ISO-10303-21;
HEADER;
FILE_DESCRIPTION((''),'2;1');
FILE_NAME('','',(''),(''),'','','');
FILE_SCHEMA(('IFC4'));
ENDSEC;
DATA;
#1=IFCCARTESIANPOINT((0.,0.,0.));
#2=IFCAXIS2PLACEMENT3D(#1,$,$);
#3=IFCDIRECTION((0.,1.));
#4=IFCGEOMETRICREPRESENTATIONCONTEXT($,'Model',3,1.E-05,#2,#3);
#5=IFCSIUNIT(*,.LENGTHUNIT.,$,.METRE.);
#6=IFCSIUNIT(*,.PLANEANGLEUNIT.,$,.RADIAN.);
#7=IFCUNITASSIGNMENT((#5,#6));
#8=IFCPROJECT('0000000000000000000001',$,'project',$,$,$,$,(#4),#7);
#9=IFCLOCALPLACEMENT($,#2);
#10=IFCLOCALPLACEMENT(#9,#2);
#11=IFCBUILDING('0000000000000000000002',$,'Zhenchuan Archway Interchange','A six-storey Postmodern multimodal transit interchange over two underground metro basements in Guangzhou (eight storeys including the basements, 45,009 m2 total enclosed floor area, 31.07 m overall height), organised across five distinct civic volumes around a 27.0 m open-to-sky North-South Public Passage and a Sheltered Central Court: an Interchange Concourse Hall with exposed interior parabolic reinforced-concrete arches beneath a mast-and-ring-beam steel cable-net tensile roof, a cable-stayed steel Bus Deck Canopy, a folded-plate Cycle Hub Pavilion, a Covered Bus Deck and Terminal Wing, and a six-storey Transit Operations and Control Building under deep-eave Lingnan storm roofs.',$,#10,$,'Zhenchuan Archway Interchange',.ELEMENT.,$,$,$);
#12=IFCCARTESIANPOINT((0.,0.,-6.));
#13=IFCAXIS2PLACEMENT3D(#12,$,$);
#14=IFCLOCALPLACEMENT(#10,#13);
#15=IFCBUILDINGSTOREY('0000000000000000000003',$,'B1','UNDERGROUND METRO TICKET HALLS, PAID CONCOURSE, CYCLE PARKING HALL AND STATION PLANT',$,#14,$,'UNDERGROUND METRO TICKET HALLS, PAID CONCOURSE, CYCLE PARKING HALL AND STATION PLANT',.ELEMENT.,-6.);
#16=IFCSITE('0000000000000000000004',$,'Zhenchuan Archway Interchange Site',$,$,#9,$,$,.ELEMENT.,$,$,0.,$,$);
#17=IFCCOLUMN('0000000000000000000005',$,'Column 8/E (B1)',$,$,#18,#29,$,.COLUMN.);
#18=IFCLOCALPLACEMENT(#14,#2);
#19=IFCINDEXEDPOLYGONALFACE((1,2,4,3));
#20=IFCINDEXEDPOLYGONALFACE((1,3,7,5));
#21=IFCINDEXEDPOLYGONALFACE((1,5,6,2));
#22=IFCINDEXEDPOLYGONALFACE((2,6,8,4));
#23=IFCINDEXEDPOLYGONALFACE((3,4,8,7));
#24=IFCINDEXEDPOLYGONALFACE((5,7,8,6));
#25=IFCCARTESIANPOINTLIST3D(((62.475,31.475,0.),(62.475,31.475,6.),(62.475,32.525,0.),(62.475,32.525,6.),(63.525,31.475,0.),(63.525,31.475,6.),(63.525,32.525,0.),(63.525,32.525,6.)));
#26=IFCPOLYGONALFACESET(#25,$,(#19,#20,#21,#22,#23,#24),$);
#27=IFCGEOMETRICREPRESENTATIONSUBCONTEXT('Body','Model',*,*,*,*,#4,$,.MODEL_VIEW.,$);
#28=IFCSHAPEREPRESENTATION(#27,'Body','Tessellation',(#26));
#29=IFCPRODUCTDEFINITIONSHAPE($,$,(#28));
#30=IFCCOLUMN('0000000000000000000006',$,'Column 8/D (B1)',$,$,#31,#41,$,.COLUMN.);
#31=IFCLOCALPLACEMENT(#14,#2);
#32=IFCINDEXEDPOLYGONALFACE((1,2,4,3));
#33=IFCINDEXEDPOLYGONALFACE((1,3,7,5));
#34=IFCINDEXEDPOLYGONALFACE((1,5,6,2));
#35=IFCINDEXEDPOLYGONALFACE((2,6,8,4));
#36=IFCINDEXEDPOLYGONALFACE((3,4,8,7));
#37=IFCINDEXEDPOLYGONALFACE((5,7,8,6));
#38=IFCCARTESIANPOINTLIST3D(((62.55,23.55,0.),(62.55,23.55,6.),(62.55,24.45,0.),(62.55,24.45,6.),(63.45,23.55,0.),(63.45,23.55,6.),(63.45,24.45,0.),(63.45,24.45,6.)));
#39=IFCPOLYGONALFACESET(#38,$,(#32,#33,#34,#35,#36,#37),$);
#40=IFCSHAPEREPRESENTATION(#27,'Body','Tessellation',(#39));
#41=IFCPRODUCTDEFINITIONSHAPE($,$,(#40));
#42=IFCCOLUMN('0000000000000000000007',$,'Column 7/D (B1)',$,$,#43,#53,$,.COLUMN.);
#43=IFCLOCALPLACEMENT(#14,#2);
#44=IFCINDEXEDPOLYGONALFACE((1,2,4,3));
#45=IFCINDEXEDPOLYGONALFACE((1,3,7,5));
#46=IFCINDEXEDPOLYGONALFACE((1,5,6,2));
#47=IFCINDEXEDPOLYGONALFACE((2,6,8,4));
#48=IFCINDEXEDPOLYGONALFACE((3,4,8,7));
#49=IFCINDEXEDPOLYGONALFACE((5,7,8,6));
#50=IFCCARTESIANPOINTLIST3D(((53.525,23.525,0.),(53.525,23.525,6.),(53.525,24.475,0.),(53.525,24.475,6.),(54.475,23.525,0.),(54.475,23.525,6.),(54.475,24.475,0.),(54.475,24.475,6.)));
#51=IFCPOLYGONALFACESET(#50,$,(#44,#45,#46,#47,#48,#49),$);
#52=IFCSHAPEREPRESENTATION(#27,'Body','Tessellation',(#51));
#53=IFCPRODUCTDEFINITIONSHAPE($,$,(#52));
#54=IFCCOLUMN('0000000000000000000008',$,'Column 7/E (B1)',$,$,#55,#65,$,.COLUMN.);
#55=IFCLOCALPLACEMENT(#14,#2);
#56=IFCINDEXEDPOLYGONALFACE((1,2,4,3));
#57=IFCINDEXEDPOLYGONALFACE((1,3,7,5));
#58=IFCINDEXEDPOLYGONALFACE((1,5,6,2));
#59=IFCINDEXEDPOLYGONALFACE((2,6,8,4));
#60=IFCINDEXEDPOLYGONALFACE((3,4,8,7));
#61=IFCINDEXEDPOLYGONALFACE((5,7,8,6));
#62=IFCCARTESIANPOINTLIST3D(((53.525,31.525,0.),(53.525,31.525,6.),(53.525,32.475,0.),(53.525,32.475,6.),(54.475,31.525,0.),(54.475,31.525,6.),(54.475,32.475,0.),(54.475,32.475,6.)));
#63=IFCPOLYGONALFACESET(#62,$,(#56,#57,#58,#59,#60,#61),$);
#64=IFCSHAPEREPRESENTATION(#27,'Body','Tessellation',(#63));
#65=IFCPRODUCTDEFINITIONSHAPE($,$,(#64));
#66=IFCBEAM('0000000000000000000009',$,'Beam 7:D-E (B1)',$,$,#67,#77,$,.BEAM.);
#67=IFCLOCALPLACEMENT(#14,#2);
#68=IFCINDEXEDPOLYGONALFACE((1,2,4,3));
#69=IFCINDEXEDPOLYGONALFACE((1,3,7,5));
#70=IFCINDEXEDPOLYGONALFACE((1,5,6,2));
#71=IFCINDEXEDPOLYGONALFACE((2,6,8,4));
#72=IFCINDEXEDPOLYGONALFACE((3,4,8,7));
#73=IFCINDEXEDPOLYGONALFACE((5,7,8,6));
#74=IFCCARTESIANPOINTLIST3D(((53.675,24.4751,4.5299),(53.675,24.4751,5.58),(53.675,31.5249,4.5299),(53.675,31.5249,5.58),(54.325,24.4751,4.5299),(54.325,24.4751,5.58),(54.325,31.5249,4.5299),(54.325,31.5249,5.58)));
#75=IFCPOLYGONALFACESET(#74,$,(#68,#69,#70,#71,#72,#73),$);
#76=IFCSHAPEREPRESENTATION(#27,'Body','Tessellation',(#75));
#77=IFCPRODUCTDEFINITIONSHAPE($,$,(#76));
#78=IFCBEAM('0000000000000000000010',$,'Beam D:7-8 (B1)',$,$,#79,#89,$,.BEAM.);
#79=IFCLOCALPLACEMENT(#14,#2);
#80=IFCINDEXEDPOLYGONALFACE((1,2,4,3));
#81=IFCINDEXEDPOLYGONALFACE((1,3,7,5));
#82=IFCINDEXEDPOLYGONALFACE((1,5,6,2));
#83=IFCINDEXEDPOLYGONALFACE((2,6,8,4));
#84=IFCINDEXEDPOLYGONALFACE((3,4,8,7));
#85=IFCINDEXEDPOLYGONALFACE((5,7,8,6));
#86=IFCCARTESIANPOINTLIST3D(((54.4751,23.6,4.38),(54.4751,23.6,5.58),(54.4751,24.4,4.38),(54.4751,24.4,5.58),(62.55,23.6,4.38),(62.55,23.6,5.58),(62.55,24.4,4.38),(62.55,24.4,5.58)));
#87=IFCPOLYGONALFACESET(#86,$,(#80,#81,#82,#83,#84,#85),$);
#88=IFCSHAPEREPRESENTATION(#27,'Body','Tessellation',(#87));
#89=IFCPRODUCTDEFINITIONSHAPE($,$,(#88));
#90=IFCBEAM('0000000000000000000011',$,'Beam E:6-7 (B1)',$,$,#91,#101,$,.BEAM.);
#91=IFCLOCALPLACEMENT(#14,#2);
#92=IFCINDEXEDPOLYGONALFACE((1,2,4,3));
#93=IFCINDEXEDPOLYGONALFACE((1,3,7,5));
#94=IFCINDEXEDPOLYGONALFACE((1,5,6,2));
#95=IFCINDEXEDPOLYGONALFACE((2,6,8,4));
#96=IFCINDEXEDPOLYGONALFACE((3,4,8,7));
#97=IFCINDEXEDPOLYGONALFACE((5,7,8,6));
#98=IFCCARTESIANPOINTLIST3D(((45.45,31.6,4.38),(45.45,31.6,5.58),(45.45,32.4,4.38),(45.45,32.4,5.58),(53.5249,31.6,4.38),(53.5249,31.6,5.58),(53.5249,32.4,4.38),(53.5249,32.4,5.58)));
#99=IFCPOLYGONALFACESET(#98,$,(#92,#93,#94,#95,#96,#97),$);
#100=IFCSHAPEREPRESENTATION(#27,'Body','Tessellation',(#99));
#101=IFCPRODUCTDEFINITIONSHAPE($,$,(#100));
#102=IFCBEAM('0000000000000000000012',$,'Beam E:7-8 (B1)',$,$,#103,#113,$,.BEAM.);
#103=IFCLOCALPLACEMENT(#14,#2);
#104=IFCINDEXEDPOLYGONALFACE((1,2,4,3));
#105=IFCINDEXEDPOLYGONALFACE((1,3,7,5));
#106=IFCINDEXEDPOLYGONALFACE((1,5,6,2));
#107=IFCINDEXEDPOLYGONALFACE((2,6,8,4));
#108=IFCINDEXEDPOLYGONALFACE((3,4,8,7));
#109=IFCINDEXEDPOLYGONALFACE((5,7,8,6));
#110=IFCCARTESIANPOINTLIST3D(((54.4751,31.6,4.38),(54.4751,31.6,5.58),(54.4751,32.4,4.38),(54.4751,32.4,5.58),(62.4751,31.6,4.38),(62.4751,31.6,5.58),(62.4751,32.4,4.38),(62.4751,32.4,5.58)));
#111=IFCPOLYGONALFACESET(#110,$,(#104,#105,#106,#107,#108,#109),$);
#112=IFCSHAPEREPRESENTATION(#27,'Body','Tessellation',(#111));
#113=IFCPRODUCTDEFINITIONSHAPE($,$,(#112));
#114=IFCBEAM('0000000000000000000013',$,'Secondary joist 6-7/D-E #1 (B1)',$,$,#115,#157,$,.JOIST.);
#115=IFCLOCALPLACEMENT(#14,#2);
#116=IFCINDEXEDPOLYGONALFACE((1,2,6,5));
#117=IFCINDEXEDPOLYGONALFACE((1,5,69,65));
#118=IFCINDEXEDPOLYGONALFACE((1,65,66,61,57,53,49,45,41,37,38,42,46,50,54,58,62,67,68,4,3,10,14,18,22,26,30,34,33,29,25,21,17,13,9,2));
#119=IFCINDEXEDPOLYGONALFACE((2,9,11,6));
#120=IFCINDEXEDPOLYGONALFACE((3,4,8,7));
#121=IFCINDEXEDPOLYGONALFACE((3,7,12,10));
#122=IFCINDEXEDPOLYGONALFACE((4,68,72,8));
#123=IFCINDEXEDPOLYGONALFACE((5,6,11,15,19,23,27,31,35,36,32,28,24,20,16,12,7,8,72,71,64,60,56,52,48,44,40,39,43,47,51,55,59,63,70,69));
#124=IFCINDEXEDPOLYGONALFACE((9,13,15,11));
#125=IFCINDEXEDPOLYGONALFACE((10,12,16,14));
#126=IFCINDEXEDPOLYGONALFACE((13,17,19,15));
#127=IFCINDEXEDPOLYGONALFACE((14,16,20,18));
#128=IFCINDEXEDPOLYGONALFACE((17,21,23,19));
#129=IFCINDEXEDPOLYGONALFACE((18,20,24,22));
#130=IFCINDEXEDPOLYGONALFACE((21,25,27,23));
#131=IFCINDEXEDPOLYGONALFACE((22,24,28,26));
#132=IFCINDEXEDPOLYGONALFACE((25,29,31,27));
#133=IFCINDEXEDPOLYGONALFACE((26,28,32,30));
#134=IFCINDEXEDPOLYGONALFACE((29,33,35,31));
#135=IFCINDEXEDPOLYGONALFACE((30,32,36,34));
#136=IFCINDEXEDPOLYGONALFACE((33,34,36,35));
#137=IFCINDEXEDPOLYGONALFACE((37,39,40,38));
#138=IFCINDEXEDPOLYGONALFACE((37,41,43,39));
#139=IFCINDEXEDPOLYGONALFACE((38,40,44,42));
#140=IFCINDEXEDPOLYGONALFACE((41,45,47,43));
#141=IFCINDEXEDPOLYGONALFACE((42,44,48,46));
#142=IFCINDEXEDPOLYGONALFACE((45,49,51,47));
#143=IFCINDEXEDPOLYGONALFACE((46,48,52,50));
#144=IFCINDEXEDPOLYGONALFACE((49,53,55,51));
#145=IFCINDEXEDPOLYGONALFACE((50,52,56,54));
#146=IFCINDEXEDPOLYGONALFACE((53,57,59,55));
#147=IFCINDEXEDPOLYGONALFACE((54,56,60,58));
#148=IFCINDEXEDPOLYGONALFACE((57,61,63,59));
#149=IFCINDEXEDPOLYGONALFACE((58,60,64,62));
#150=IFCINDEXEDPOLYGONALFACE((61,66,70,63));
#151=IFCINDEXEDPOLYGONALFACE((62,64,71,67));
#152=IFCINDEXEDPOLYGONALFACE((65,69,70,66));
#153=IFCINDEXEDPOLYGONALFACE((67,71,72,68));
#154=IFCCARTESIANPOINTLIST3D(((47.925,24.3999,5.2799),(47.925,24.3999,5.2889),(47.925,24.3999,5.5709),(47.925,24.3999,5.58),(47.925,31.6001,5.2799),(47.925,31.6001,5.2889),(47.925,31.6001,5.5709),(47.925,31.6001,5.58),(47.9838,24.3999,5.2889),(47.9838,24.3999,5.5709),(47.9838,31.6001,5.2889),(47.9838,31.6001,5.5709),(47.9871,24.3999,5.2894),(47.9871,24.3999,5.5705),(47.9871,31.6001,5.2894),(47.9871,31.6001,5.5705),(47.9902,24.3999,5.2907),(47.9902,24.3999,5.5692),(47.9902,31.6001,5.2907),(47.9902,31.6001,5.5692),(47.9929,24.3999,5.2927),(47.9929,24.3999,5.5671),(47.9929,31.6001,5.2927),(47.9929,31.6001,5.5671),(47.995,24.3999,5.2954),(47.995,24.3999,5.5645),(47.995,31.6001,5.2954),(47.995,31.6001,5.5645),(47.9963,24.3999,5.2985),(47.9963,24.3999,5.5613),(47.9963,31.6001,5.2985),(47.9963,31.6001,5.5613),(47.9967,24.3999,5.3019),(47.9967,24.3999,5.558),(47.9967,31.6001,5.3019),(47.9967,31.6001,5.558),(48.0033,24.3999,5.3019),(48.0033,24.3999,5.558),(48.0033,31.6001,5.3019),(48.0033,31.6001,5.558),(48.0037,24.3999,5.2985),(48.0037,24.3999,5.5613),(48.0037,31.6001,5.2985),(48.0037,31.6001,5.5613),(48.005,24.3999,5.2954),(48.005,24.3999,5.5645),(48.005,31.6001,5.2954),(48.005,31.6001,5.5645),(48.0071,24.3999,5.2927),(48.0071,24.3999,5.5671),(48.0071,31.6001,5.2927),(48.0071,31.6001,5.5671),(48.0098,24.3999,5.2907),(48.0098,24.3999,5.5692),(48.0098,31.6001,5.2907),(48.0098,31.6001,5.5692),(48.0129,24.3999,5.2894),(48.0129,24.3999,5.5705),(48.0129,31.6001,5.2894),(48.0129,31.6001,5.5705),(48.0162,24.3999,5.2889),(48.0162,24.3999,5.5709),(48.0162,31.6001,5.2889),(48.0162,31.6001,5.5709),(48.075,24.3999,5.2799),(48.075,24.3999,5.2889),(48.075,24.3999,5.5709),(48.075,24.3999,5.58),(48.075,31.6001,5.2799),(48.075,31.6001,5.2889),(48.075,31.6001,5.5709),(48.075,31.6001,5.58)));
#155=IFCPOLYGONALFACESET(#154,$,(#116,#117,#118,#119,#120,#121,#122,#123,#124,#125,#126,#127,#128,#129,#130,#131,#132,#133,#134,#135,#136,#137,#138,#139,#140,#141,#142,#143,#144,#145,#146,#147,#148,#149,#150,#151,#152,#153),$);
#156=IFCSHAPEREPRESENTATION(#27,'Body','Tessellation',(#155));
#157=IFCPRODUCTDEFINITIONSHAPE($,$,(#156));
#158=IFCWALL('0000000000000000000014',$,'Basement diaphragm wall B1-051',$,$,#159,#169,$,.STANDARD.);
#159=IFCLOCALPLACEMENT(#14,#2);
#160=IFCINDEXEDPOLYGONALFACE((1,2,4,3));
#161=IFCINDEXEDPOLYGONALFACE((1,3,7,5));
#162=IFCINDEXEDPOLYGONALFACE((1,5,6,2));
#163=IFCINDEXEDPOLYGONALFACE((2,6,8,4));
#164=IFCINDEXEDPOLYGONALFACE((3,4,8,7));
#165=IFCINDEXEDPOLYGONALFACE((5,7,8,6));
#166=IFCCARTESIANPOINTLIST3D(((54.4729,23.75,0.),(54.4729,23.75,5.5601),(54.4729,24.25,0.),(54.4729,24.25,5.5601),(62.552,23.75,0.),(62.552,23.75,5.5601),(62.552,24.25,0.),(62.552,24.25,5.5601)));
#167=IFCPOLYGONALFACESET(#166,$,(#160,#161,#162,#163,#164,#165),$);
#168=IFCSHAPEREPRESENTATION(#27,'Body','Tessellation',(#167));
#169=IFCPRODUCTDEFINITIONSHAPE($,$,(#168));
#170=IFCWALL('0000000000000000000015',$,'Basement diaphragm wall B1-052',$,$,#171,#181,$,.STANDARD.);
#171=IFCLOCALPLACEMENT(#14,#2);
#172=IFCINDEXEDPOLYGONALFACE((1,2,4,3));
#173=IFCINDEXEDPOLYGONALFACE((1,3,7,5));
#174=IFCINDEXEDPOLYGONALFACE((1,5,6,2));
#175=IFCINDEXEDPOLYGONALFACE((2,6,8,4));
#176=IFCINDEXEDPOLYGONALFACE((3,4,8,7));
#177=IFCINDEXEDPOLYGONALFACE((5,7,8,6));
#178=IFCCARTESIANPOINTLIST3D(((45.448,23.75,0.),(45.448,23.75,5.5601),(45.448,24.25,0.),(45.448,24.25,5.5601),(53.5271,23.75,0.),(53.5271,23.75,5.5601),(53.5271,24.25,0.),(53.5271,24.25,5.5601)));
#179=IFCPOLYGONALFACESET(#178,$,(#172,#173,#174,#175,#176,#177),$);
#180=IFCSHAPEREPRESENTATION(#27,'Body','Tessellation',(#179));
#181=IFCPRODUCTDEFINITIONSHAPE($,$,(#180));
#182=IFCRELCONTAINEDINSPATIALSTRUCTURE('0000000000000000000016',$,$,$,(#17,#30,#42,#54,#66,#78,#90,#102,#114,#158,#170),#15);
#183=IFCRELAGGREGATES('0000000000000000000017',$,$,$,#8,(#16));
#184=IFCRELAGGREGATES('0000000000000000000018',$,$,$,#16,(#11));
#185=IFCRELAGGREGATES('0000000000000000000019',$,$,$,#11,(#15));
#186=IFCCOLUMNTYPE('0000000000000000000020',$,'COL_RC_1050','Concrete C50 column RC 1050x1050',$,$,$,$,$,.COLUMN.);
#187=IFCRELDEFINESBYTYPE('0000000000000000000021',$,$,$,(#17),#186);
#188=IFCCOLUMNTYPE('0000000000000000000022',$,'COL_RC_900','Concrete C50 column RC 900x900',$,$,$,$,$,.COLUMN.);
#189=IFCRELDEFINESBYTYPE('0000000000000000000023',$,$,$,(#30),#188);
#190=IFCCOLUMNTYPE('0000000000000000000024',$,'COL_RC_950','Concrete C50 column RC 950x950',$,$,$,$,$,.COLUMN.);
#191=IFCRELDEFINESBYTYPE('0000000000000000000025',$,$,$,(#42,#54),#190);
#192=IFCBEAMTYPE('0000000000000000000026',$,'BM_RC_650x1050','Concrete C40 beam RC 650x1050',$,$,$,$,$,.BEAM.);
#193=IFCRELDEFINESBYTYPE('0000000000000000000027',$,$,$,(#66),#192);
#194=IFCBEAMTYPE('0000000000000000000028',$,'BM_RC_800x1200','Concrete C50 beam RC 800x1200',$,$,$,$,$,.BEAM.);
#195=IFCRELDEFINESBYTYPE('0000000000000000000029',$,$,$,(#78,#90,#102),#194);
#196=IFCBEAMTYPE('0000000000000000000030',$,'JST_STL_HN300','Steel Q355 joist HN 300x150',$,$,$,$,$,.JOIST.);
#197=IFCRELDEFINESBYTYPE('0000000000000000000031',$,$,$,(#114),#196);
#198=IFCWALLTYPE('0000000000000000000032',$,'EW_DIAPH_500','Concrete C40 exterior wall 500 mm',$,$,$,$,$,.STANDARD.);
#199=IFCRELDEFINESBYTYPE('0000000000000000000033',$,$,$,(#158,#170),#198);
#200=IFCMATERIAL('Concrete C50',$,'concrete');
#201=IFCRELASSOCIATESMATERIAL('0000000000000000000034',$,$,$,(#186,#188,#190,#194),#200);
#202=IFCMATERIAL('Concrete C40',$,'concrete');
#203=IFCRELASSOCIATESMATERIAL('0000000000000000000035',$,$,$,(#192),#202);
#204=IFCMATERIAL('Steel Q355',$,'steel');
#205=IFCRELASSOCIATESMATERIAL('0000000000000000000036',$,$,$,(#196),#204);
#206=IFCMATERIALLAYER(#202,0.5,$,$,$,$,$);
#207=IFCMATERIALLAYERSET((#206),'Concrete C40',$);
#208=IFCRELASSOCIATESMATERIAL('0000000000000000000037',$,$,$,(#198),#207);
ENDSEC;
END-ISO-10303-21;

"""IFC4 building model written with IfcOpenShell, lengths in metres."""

from ifc_helpers import new_model, si_unit, direction, frame, frame_2d, origin, origin_2d, place, context, subcontext, project, spatial, rectangle, i_section, extrude, material, layer, layer_set, material_profile, profile_set, type_object, element, save


model = new_model("IFC4")

# Units and contexts
model_context = context("Model", 3, precision=1e-05, world=origin(), true_north=direction((0.0, 1.0)))
body_context = subcontext(model_context, "Body", "Model", "MODEL_VIEW")
ifc_project = project(units=[si_unit("LENGTHUNIT", "METRE"), si_unit("PLANEANGLEUNIT", "RADIAN")], contexts=[model_context])

# Site, building, storey
site_placement = place(None, origin())
site = spatial("IfcSite", under=ifc_project, at=site_placement, Name="Zhenchuan Archway Interchange Site", CompositionType="ELEMENT", RefElevation=0.0)
building_placement = place(site_placement, origin())
building = spatial("IfcBuilding", under=site, at=building_placement, Name="Zhenchuan Archway Interchange", Description="A six-storey Postmodern multimodal transit interchange over two underground metro basements in Guangzhou (eight storeys including the basements, 45,009 m2 total enclosed floor area, 31.07 m overall height), organised across five distinct civic volumes around a 27.0 m open-to-sky North-South Public Passage and a Sheltered Central Court: an Interchange Concourse Hall with exposed interior parabolic reinforced-concrete arches beneath a mast-and-ring-beam steel cable-net tensile roof, a cable-stayed steel Bus Deck Canopy, a folded-plate Cycle Hub Pavilion, a Covered Bus Deck and Terminal Wing, and a six-storey Transit Operations and Control Building under deep-eave Lingnan storm roofs.", LongName="Zhenchuan Archway Interchange", CompositionType="ELEMENT")
storey_placement = place(building_placement, frame((0.0, 0.0, -6.0)))
storey = spatial("IfcBuildingStorey", under=building, at=storey_placement, Name="B1", Description="UNDERGROUND METRO TICKET HALLS, PAID CONCOURSE, CYCLE PARKING HALL AND STATION PLANT", LongName="UNDERGROUND METRO TICKET HALLS, PAID CONCOURSE, CYCLE PARKING HALL AND STATION PLANT", CompositionType="ELEMENT", Elevation=-6.0)

# Columns
ifc_material_1 = material(Name="Concrete C50", Category="concrete")
ifc_material_profile_1 = material_profile(ifc_material_1, rectangle(XDim=1.05, YDim=1.05, at=origin_2d()), Name="RC 1050x1050")
ifc_profile_set_1 = profile_set([ifc_material_profile_1], Name="Concrete C50")
column_type_1 = type_object("IfcColumnType", Name="COL_RC_1050", Description="Concrete C50 column RC 1050x1050", PredefinedType="COLUMN", material=ifc_profile_set_1)
column_1_placement = place(storey_placement, frame((63.0, 32.0, 0.0), z_axis=(0.0, 0.0, 1.0), x_axis=(1.0, 0.0, 0.0)))
element("IfcColumn", 1, at=column_1_placement, inside=storey, type_object=column_type_1, Name="Column 8/E (B1)", PredefinedType="COLUMN", context=body_context, shape_type="SweptSolid", body=[
    extrude(rectangle(XDim=1.05, YDim=1.05, at=origin_2d()), origin(), (0.0, 0.0, 1.0), 6.0),
])
ifc_material_profile_2 = material_profile(ifc_material_1, rectangle(XDim=0.8999, YDim=0.8999, at=origin_2d()), Name="RC 900x900")
ifc_profile_set_2 = profile_set([ifc_material_profile_2], Name="Concrete C50")
column_type_2 = type_object("IfcColumnType", Name="COL_RC_900", Description="Concrete C50 column RC 900x900", PredefinedType="COLUMN", material=ifc_profile_set_2)
column_2_placement = place(storey_placement, frame((63.0, 24.0, 0.0), z_axis=(0.0, 0.0, 1.0), x_axis=(1.0, 0.0, 0.0)))
element("IfcColumn", 2, at=column_2_placement, inside=storey, type_object=column_type_2, Name="Column 8/D (B1)", PredefinedType="COLUMN", context=body_context, shape_type="SweptSolid", body=[
    extrude(rectangle(XDim=0.8999, YDim=0.8999, at=origin_2d()), origin(), (0.0, 0.0, 1.0), 6.0),
])
ifc_material_profile_3 = material_profile(ifc_material_1, rectangle(XDim=0.95, YDim=0.95, at=origin_2d()), Name="RC 950x950")
ifc_profile_set_3 = profile_set([ifc_material_profile_3], Name="Concrete C50")
column_type_3 = type_object("IfcColumnType", Name="COL_RC_950", Description="Concrete C50 column RC 950x950", PredefinedType="COLUMN", material=ifc_profile_set_3)
for number, where, z_axis, x_axis, name in (
    (3, (54.0, 24.0, 0.0), (0.0, 0.0, 1.0), (1.0, 0.0, 0.0), "Column 7/D (B1)"),
    (4, (54.0, 32.0, 0.0), (0.0, 0.0, 1.0), (1.0, 0.0, 0.0), "Column 7/E (B1)"),
):
    element("IfcColumn", number, at=place(storey_placement, frame(where, z_axis=z_axis, x_axis=x_axis)), inside=storey, type_object=column_type_3, Name=name, PredefinedType="COLUMN", context=body_context, shape_type="SweptSolid", body=[
        extrude(rectangle(XDim=0.95, YDim=0.95, at=origin_2d()), origin(), (0.0, 0.0, 1.0), 6.0),
    ])

# Beams
ifc_material_2 = material(Name="Concrete C40", Category="concrete")
ifc_material_profile_4 = material_profile(ifc_material_2, rectangle(XDim=0.6499, YDim=1.05, at=origin_2d()), Name="RC 650x1050")
ifc_profile_set_4 = profile_set([ifc_material_profile_4], Name="Concrete C40")
beam_type_1 = type_object("IfcBeamType", Name="BM_RC_650x1050", Description="Concrete C40 beam RC 650x1050", PredefinedType="BEAM", material=ifc_profile_set_4)
beam_1_placement = place(storey_placement, frame((54.0, 24.4751, 5.0549), z_axis=(0.0, 1.0, 0.0), x_axis=(-1.0, 0.0, 0.0)))
element("IfcBeam", 5, at=beam_1_placement, inside=storey, type_object=beam_type_1, Name="Beam 7:D-E (B1)", PredefinedType="BEAM", context=body_context, shape_type="SweptSolid", body=[
    extrude(rectangle(XDim=0.6499, YDim=1.05, at=origin_2d()), origin(), (0.0, 0.0, 1.0), 7.0498),
])
ifc_material_profile_5 = material_profile(ifc_material_1, rectangle(XDim=0.8, YDim=1.2, at=origin_2d()), Name="RC 800x1200")
ifc_profile_set_5 = profile_set([ifc_material_profile_5], Name="Concrete C50")
beam_type_2 = type_object("IfcBeamType", Name="BM_RC_800x1200", Description="Concrete C50 beam RC 800x1200", PredefinedType="BEAM", material=ifc_profile_set_5)
for number, where, z_axis, x_axis, name in (
    (6, (54.4751, 24.0, 4.98), (1.0, 0.0, 0.0), (0.0, 1.0, 0.0), "Beam D:7-8 (B1)"),
    (7, (45.45, 32.0, 4.98), (1.0, 0.0, 0.0), (0.0, 1.0, 0.0), "Beam E:6-7 (B1)"),
):
    element("IfcBeam", number, at=place(storey_placement, frame(where, z_axis=z_axis, x_axis=x_axis)), inside=storey, type_object=beam_type_2, Name=name, PredefinedType="BEAM", context=body_context, shape_type="SweptSolid", body=[
        extrude(rectangle(XDim=0.8, YDim=1.2, at=origin_2d()), origin(), (0.0, 0.0, 1.0), 8.075),
    ])
beam_2_placement = place(storey_placement, frame((54.4751, 32.0, 4.98), z_axis=(1.0, 0.0, 0.0), x_axis=(0.0, 1.0, 0.0)))
element("IfcBeam", 8, at=beam_2_placement, inside=storey, type_object=beam_type_2, Name="Beam E:7-8 (B1)", PredefinedType="BEAM", context=body_context, shape_type="SweptSolid", body=[
    extrude(rectangle(XDim=0.8, YDim=1.2, at=origin_2d()), origin(), (0.0, 0.0, 1.0), 8.0),
])
ifc_material_3 = material(Name="Steel Q355", Category="steel")
ifc_material_profile_6 = material_profile(ifc_material_3, i_section(OverallWidth=0.1499, OverallDepth=0.3, WebThickness=0.0066, FlangeThickness=0.009, FilletRadius=0.0129, at=origin_2d()), Name="HN 300x150")
ifc_profile_set_6 = profile_set([ifc_material_profile_6], Name="Steel Q355")
beam_type_3 = type_object("IfcBeamType", Name="JST_STL_HN300", Description="Steel Q355 joist HN 300x150", PredefinedType="JOIST", material=ifc_profile_set_6)
beam_3_placement = place(storey_placement, frame((48.0, 24.3999, 5.4299), z_axis=(0.0, 1.0, 0.0), x_axis=(-1.0, 0.0, 0.0)))
element("IfcBeam", 9, at=beam_3_placement, inside=storey, type_object=beam_type_3, Name="Secondary joist 6-7/D-E #1 (B1)", PredefinedType="JOIST", context=body_context, shape_type="SweptSolid", body=[
    extrude(i_section(OverallWidth=0.1499, OverallDepth=0.3, WebThickness=0.0066, FlangeThickness=0.009, FilletRadius=0.0129, at=origin_2d()), origin(), (0.0, 0.0, 1.0), 7.2002),
])

# Walls
ifc_layer_1 = layer(ifc_material_2, 0.5)
ifc_layer_set_1 = layer_set([ifc_layer_1], Name="Concrete C40")
wall_type_1 = type_object("IfcWallType", Name="EW_DIAPH_500", Description="Concrete C40 exterior wall 500 mm", PredefinedType="STANDARD", material=ifc_layer_set_1)
for number, where, z_axis, x_axis, name in (
    (10, (62.552, 24.0, 0.0), (0.0, 0.0, 1.0), (-1.0, 0.0, 0.0), "Basement diaphragm wall B1-051"),
    (11, (53.5271, 24.0, 0.0), (0.0, 0.0, 1.0), (-1.0, 0.0, 0.0), "Basement diaphragm wall B1-052"),
):
    element("IfcWall", number, at=place(storey_placement, frame(where, z_axis=z_axis, x_axis=x_axis)), inside=storey, type_object=wall_type_1, Name=name, PredefinedType="STANDARD", context=body_context, shape_type="SweptSolid", body=[
        extrude(rectangle(XDim=8.0791, YDim=0.5, at=frame_2d((4.0396, 0.0))), origin(), (0.0, 0.0, 1.0), 5.5601),
    ])

save(model, "model.ifc")
